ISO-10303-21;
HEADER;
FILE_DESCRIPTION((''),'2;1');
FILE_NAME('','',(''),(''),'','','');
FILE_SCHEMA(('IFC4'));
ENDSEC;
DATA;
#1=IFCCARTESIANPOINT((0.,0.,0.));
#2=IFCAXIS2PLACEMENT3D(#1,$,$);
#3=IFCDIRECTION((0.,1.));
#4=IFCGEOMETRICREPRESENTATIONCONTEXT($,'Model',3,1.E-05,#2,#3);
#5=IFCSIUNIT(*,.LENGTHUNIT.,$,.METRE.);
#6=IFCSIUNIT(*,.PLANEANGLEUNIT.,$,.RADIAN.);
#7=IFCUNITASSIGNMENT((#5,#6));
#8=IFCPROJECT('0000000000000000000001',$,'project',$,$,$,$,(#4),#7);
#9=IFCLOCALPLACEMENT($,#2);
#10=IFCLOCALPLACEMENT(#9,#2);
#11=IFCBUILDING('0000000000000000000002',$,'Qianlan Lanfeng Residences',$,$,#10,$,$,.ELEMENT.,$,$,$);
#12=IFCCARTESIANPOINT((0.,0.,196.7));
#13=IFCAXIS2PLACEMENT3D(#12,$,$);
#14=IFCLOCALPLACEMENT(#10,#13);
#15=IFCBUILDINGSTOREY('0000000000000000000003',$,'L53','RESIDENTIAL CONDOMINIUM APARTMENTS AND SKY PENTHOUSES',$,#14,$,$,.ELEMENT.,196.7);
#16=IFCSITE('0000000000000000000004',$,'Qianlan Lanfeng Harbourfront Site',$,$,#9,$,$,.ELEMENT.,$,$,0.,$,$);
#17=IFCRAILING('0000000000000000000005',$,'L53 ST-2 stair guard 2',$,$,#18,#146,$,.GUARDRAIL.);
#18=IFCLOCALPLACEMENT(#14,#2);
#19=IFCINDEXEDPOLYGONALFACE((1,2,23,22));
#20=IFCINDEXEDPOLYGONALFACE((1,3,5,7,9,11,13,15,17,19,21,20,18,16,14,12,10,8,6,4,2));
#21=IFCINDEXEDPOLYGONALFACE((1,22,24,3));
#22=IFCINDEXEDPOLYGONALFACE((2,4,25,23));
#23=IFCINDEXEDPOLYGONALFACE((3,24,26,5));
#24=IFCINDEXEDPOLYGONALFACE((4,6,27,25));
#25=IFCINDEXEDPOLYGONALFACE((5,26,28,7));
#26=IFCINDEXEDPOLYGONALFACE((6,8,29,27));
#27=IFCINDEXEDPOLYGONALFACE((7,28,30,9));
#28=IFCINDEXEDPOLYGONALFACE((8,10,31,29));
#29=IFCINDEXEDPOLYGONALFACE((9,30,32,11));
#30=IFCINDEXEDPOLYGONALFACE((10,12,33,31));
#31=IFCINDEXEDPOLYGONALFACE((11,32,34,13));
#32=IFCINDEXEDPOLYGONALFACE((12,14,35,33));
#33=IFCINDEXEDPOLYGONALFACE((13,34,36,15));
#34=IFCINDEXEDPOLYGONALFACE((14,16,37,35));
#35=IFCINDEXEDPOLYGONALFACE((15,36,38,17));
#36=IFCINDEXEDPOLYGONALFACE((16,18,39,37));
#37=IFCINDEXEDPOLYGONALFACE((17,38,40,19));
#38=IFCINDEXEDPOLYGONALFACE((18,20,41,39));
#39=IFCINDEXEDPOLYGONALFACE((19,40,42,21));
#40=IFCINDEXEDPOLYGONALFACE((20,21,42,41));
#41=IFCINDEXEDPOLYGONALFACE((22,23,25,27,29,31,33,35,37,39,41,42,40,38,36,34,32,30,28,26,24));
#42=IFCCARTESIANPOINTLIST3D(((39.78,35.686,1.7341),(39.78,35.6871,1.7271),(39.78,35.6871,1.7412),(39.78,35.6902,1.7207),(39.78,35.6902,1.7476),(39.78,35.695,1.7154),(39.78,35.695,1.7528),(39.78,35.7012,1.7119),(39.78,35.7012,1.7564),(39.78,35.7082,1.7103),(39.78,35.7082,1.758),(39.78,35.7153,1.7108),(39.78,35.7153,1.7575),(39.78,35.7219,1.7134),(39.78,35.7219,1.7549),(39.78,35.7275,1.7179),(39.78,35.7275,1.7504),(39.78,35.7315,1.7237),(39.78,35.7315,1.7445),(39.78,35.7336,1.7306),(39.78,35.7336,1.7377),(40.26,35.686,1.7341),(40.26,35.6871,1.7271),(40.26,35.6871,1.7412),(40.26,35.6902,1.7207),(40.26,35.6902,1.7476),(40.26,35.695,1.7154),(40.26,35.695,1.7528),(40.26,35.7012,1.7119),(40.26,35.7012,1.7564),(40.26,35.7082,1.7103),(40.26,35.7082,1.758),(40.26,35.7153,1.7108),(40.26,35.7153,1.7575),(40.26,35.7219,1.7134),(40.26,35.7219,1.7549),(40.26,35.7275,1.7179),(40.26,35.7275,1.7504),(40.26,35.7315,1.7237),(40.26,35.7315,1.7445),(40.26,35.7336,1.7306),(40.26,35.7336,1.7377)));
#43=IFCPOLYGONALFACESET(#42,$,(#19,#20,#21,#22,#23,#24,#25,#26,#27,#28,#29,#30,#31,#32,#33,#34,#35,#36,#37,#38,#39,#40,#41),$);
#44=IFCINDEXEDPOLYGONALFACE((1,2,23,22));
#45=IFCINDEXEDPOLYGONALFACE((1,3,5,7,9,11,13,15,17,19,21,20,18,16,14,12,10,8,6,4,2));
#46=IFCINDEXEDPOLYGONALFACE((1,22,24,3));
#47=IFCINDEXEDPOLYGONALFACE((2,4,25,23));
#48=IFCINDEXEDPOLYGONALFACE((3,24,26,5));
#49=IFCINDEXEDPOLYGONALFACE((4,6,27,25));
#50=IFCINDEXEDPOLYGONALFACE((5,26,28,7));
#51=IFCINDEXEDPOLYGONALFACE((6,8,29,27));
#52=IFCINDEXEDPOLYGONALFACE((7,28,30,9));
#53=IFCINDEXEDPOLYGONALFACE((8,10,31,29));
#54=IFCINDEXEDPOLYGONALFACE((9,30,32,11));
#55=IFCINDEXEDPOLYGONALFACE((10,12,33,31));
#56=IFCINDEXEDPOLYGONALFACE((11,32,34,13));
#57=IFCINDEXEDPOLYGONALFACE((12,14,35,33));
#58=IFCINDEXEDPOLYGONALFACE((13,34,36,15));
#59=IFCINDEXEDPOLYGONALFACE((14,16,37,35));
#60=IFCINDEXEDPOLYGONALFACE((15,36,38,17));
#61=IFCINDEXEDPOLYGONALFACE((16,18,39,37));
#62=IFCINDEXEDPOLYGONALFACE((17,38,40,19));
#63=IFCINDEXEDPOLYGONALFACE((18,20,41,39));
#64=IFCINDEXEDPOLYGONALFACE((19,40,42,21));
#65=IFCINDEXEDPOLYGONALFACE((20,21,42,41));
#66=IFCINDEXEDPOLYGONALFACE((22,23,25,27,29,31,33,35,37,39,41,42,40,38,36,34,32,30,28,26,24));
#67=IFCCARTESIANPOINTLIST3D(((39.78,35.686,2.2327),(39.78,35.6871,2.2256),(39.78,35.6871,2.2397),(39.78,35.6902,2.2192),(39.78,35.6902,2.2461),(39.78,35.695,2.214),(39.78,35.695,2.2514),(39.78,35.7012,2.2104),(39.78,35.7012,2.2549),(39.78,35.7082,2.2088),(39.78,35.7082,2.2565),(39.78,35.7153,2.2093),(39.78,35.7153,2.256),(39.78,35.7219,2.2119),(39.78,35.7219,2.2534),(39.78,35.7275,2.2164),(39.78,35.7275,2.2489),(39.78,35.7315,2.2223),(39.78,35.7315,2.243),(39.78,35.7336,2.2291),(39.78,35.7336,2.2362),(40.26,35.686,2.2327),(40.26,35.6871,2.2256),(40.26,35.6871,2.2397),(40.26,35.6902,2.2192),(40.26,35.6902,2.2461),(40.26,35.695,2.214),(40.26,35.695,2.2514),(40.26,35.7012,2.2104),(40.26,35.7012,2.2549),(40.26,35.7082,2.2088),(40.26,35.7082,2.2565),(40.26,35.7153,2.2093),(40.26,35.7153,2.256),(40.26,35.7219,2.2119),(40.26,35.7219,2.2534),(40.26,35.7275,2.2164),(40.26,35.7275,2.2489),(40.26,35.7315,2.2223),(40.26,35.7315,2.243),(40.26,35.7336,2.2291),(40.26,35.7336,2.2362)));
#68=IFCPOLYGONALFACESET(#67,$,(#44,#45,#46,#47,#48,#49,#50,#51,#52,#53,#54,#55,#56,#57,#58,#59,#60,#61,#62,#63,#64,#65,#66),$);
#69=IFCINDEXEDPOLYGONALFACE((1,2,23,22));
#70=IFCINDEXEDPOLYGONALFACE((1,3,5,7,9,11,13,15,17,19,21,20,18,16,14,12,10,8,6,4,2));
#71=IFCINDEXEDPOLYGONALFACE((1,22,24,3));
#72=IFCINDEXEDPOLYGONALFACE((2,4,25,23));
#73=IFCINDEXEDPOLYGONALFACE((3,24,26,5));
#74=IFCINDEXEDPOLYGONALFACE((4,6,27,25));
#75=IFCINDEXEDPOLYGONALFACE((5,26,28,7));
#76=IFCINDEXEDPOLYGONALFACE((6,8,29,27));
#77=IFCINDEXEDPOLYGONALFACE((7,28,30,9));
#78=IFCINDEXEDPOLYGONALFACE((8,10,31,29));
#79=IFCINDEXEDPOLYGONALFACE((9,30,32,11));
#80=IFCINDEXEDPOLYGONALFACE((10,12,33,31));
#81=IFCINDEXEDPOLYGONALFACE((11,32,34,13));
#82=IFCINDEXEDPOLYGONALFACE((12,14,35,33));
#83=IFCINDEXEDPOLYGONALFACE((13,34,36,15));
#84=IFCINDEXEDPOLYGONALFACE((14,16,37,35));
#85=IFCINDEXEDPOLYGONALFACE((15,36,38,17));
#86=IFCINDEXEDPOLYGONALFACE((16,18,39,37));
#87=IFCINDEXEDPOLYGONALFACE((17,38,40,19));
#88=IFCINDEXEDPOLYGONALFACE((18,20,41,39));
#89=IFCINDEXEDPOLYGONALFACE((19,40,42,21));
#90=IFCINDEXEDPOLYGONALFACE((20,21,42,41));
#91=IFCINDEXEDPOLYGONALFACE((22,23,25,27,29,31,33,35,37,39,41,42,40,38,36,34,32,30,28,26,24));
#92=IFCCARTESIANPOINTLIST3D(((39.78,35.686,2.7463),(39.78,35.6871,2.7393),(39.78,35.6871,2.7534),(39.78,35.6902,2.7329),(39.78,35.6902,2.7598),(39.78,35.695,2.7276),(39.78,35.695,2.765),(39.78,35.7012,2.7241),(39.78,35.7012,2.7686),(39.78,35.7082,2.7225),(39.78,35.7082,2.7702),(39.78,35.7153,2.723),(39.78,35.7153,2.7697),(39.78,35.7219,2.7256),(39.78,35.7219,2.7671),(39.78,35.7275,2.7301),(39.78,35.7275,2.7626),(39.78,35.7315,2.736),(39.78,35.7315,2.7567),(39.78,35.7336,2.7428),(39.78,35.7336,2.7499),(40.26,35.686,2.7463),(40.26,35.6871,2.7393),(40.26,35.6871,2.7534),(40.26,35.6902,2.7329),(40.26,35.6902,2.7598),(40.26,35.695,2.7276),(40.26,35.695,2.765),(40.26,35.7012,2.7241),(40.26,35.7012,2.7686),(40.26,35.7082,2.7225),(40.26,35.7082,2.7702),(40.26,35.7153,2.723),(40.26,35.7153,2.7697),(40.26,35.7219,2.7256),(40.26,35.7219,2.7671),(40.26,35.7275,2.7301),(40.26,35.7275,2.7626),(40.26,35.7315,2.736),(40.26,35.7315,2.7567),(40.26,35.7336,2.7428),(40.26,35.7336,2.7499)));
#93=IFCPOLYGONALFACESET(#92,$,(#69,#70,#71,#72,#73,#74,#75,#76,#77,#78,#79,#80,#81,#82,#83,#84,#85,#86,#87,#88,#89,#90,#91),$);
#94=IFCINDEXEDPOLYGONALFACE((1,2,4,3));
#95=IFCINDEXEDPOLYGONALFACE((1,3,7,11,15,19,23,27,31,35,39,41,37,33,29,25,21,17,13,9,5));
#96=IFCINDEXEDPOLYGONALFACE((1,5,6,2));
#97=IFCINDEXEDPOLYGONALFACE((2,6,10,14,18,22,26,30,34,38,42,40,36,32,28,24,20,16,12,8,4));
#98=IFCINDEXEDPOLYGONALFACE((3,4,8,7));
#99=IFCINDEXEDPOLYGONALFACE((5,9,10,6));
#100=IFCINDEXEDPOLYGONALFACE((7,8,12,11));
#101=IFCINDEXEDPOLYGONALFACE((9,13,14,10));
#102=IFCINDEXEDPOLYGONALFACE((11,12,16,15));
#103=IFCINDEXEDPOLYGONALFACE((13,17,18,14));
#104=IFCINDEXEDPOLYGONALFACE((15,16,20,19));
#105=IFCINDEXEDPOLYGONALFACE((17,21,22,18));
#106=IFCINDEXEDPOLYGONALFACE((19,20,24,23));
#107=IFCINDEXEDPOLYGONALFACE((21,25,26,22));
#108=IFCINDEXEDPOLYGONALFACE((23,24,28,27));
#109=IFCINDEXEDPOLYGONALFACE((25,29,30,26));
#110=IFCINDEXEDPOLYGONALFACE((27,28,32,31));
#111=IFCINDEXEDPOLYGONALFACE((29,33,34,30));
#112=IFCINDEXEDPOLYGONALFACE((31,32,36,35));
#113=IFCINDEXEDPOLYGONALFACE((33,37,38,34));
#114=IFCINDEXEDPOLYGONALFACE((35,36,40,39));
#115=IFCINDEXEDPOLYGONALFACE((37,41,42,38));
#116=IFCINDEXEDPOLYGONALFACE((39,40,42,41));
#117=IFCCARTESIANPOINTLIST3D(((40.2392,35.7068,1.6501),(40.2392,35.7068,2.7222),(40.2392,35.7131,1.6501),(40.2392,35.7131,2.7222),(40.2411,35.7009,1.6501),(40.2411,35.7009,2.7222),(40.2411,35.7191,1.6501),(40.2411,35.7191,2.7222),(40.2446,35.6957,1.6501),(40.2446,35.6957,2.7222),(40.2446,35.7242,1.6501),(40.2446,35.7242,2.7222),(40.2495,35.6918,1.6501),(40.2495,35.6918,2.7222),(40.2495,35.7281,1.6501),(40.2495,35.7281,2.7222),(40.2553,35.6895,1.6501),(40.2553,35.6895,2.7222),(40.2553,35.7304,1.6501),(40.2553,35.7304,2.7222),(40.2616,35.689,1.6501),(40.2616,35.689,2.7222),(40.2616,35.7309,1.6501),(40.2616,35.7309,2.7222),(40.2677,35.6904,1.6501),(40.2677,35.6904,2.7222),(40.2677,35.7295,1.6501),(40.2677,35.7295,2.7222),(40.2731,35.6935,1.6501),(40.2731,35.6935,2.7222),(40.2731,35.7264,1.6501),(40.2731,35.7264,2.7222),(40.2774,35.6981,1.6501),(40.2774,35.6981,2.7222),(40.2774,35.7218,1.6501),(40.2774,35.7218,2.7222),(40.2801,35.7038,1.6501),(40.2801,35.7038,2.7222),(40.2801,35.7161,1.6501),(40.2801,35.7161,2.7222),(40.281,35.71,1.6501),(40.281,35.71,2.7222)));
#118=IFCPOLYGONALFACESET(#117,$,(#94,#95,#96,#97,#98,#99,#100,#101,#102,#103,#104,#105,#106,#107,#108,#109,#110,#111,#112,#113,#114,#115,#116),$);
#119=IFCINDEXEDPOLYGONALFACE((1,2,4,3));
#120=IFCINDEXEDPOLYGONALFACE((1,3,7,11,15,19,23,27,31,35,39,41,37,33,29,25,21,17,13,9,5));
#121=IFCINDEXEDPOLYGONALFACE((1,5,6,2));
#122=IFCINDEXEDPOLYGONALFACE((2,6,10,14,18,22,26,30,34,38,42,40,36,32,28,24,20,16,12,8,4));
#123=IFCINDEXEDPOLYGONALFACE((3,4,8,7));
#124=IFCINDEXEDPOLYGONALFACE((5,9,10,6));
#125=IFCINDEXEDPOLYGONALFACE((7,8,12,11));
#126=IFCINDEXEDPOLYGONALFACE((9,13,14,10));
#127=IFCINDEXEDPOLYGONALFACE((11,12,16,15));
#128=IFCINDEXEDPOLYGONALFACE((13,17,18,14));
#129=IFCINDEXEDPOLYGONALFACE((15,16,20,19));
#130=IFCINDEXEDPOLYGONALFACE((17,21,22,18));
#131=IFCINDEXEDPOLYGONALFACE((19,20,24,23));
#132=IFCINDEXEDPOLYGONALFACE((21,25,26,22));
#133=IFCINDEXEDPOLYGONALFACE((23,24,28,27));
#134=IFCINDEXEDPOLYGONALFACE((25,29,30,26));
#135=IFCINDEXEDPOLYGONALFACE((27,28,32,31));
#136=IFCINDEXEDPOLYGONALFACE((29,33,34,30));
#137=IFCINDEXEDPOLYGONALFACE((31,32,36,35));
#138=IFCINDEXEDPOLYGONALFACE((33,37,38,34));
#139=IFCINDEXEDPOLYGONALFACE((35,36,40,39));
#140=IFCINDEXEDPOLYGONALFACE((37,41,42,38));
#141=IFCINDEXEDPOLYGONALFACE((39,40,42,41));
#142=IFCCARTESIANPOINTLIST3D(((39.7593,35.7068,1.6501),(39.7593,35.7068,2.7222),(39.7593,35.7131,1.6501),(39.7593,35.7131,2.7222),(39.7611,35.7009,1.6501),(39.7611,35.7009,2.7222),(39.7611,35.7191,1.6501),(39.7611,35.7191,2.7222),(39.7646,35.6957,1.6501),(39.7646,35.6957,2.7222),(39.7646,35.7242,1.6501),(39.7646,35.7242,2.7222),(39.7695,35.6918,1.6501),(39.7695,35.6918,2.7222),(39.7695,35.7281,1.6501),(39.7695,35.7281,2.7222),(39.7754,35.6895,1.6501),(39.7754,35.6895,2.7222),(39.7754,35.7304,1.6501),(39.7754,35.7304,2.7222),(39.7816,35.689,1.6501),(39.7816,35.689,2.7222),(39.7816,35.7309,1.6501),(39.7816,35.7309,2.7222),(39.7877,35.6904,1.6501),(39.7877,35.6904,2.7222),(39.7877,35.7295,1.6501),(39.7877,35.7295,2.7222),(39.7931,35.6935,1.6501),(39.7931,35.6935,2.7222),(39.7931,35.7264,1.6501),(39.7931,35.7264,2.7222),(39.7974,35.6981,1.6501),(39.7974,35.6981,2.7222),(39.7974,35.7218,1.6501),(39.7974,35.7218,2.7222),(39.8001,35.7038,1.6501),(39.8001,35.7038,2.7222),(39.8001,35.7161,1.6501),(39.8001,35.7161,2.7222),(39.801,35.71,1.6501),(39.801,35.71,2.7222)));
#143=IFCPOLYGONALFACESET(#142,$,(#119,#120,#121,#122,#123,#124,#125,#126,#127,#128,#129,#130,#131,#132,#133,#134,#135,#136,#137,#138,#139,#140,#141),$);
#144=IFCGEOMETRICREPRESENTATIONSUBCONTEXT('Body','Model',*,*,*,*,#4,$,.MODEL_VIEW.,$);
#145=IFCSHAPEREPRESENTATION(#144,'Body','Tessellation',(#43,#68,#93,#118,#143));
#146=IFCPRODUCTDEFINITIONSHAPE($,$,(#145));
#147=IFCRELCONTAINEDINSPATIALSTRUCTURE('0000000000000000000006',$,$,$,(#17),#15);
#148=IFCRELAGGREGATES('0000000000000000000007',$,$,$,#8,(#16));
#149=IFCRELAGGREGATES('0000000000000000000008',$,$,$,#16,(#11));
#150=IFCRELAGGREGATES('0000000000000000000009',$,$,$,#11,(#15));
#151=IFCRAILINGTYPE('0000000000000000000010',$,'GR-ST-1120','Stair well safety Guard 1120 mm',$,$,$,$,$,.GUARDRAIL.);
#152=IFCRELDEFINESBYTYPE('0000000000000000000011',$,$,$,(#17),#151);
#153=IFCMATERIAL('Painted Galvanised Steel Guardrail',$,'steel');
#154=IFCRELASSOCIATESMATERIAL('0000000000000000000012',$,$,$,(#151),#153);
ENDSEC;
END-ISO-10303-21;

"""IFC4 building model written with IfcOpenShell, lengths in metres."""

from ifc_helpers import new_model, si_unit, direction, frame, origin, origin_2d, place, context, subcontext, project, spatial, circle, extrude, material, type_object, element, save


model = new_model("IFC4")

# Units and contexts
model_context = context("Model", 3, precision=1e-05, world=origin(), true_north=direction((0.0, 1.0)))
body_context = subcontext(model_context, "Body", "Model", "MODEL_VIEW")
ifc_project = project(units=[si_unit("LENGTHUNIT", "METRE"), si_unit("PLANEANGLEUNIT", "RADIAN")], contexts=[model_context])

# Site, building, storey
site_placement = place(None, origin())
site = spatial("IfcSite", under=ifc_project, at=site_placement, Name="Qianlan Lanfeng Harbourfront Site", CompositionType="ELEMENT", RefElevation=0.0)
building_placement = place(site_placement, origin())
building = spatial("IfcBuilding", under=site, at=building_placement, Name="Qianlan Lanfeng Residences", CompositionType="ELEMENT")
storey_placement = place(building_placement, frame((0.0, 0.0, 196.7)))
storey = spatial("IfcBuildingStorey", under=building, at=storey_placement, Name="L53", Description="RESIDENTIAL CONDOMINIUM APARTMENTS AND SKY PENTHOUSES", CompositionType="ELEMENT", Elevation=196.7)

# Railing
ifc_material_1 = material(Name="Painted Galvanised Steel Guardrail", Category="steel")
railing_type_1 = type_object("IfcRailingType", Name="GR-ST-1120", Description="Stair well safety Guard 1120 mm", PredefinedType="GUARDRAIL", material=ifc_material_1)
railing_1_placement = place(storey_placement, frame((40.26, 35.71, 1.6501)))
element("IfcRailing", 1, at=railing_1_placement, inside=storey, type_object=railing_type_1, Name="L53 ST-2 stair guard 2", PredefinedType="GUARDRAIL", context=body_context, shape_type="SweptSolid", body=[
    extrude(circle(Radius=0.0239, at=origin_2d()), frame((0.0, 0.0, 0.084), z_axis=(-1.0, 0.0, 0.0), x_axis=(0.0, -1.0, 0.0)), (0.0, 0.0, 1.0), 0.48),
    extrude(circle(Radius=0.0239, at=origin_2d()), frame((0.0, 0.0, 0.5825), z_axis=(-1.0, 0.0, 0.0), x_axis=(0.0, -1.0, 0.0)), (0.0, 0.0, 1.0), 0.48),
    extrude(circle(Radius=0.0239, at=origin_2d()), frame((0.0, 0.0, 1.0962), z_axis=(-1.0, 0.0, 0.0), x_axis=(0.0, -1.0, 0.0)), (0.0, 0.0, 1.0), 0.48),
    extrude(circle(Radius=0.021, at=origin_2d()), origin(), (0.0, 0.0, 1.0), 1.072),
    extrude(circle(Radius=0.021, at=origin_2d()), frame((-0.48, 0.0, 0.0)), (0.0, 0.0, 1.0), 1.072),
])

save(model, "model.ifc")
